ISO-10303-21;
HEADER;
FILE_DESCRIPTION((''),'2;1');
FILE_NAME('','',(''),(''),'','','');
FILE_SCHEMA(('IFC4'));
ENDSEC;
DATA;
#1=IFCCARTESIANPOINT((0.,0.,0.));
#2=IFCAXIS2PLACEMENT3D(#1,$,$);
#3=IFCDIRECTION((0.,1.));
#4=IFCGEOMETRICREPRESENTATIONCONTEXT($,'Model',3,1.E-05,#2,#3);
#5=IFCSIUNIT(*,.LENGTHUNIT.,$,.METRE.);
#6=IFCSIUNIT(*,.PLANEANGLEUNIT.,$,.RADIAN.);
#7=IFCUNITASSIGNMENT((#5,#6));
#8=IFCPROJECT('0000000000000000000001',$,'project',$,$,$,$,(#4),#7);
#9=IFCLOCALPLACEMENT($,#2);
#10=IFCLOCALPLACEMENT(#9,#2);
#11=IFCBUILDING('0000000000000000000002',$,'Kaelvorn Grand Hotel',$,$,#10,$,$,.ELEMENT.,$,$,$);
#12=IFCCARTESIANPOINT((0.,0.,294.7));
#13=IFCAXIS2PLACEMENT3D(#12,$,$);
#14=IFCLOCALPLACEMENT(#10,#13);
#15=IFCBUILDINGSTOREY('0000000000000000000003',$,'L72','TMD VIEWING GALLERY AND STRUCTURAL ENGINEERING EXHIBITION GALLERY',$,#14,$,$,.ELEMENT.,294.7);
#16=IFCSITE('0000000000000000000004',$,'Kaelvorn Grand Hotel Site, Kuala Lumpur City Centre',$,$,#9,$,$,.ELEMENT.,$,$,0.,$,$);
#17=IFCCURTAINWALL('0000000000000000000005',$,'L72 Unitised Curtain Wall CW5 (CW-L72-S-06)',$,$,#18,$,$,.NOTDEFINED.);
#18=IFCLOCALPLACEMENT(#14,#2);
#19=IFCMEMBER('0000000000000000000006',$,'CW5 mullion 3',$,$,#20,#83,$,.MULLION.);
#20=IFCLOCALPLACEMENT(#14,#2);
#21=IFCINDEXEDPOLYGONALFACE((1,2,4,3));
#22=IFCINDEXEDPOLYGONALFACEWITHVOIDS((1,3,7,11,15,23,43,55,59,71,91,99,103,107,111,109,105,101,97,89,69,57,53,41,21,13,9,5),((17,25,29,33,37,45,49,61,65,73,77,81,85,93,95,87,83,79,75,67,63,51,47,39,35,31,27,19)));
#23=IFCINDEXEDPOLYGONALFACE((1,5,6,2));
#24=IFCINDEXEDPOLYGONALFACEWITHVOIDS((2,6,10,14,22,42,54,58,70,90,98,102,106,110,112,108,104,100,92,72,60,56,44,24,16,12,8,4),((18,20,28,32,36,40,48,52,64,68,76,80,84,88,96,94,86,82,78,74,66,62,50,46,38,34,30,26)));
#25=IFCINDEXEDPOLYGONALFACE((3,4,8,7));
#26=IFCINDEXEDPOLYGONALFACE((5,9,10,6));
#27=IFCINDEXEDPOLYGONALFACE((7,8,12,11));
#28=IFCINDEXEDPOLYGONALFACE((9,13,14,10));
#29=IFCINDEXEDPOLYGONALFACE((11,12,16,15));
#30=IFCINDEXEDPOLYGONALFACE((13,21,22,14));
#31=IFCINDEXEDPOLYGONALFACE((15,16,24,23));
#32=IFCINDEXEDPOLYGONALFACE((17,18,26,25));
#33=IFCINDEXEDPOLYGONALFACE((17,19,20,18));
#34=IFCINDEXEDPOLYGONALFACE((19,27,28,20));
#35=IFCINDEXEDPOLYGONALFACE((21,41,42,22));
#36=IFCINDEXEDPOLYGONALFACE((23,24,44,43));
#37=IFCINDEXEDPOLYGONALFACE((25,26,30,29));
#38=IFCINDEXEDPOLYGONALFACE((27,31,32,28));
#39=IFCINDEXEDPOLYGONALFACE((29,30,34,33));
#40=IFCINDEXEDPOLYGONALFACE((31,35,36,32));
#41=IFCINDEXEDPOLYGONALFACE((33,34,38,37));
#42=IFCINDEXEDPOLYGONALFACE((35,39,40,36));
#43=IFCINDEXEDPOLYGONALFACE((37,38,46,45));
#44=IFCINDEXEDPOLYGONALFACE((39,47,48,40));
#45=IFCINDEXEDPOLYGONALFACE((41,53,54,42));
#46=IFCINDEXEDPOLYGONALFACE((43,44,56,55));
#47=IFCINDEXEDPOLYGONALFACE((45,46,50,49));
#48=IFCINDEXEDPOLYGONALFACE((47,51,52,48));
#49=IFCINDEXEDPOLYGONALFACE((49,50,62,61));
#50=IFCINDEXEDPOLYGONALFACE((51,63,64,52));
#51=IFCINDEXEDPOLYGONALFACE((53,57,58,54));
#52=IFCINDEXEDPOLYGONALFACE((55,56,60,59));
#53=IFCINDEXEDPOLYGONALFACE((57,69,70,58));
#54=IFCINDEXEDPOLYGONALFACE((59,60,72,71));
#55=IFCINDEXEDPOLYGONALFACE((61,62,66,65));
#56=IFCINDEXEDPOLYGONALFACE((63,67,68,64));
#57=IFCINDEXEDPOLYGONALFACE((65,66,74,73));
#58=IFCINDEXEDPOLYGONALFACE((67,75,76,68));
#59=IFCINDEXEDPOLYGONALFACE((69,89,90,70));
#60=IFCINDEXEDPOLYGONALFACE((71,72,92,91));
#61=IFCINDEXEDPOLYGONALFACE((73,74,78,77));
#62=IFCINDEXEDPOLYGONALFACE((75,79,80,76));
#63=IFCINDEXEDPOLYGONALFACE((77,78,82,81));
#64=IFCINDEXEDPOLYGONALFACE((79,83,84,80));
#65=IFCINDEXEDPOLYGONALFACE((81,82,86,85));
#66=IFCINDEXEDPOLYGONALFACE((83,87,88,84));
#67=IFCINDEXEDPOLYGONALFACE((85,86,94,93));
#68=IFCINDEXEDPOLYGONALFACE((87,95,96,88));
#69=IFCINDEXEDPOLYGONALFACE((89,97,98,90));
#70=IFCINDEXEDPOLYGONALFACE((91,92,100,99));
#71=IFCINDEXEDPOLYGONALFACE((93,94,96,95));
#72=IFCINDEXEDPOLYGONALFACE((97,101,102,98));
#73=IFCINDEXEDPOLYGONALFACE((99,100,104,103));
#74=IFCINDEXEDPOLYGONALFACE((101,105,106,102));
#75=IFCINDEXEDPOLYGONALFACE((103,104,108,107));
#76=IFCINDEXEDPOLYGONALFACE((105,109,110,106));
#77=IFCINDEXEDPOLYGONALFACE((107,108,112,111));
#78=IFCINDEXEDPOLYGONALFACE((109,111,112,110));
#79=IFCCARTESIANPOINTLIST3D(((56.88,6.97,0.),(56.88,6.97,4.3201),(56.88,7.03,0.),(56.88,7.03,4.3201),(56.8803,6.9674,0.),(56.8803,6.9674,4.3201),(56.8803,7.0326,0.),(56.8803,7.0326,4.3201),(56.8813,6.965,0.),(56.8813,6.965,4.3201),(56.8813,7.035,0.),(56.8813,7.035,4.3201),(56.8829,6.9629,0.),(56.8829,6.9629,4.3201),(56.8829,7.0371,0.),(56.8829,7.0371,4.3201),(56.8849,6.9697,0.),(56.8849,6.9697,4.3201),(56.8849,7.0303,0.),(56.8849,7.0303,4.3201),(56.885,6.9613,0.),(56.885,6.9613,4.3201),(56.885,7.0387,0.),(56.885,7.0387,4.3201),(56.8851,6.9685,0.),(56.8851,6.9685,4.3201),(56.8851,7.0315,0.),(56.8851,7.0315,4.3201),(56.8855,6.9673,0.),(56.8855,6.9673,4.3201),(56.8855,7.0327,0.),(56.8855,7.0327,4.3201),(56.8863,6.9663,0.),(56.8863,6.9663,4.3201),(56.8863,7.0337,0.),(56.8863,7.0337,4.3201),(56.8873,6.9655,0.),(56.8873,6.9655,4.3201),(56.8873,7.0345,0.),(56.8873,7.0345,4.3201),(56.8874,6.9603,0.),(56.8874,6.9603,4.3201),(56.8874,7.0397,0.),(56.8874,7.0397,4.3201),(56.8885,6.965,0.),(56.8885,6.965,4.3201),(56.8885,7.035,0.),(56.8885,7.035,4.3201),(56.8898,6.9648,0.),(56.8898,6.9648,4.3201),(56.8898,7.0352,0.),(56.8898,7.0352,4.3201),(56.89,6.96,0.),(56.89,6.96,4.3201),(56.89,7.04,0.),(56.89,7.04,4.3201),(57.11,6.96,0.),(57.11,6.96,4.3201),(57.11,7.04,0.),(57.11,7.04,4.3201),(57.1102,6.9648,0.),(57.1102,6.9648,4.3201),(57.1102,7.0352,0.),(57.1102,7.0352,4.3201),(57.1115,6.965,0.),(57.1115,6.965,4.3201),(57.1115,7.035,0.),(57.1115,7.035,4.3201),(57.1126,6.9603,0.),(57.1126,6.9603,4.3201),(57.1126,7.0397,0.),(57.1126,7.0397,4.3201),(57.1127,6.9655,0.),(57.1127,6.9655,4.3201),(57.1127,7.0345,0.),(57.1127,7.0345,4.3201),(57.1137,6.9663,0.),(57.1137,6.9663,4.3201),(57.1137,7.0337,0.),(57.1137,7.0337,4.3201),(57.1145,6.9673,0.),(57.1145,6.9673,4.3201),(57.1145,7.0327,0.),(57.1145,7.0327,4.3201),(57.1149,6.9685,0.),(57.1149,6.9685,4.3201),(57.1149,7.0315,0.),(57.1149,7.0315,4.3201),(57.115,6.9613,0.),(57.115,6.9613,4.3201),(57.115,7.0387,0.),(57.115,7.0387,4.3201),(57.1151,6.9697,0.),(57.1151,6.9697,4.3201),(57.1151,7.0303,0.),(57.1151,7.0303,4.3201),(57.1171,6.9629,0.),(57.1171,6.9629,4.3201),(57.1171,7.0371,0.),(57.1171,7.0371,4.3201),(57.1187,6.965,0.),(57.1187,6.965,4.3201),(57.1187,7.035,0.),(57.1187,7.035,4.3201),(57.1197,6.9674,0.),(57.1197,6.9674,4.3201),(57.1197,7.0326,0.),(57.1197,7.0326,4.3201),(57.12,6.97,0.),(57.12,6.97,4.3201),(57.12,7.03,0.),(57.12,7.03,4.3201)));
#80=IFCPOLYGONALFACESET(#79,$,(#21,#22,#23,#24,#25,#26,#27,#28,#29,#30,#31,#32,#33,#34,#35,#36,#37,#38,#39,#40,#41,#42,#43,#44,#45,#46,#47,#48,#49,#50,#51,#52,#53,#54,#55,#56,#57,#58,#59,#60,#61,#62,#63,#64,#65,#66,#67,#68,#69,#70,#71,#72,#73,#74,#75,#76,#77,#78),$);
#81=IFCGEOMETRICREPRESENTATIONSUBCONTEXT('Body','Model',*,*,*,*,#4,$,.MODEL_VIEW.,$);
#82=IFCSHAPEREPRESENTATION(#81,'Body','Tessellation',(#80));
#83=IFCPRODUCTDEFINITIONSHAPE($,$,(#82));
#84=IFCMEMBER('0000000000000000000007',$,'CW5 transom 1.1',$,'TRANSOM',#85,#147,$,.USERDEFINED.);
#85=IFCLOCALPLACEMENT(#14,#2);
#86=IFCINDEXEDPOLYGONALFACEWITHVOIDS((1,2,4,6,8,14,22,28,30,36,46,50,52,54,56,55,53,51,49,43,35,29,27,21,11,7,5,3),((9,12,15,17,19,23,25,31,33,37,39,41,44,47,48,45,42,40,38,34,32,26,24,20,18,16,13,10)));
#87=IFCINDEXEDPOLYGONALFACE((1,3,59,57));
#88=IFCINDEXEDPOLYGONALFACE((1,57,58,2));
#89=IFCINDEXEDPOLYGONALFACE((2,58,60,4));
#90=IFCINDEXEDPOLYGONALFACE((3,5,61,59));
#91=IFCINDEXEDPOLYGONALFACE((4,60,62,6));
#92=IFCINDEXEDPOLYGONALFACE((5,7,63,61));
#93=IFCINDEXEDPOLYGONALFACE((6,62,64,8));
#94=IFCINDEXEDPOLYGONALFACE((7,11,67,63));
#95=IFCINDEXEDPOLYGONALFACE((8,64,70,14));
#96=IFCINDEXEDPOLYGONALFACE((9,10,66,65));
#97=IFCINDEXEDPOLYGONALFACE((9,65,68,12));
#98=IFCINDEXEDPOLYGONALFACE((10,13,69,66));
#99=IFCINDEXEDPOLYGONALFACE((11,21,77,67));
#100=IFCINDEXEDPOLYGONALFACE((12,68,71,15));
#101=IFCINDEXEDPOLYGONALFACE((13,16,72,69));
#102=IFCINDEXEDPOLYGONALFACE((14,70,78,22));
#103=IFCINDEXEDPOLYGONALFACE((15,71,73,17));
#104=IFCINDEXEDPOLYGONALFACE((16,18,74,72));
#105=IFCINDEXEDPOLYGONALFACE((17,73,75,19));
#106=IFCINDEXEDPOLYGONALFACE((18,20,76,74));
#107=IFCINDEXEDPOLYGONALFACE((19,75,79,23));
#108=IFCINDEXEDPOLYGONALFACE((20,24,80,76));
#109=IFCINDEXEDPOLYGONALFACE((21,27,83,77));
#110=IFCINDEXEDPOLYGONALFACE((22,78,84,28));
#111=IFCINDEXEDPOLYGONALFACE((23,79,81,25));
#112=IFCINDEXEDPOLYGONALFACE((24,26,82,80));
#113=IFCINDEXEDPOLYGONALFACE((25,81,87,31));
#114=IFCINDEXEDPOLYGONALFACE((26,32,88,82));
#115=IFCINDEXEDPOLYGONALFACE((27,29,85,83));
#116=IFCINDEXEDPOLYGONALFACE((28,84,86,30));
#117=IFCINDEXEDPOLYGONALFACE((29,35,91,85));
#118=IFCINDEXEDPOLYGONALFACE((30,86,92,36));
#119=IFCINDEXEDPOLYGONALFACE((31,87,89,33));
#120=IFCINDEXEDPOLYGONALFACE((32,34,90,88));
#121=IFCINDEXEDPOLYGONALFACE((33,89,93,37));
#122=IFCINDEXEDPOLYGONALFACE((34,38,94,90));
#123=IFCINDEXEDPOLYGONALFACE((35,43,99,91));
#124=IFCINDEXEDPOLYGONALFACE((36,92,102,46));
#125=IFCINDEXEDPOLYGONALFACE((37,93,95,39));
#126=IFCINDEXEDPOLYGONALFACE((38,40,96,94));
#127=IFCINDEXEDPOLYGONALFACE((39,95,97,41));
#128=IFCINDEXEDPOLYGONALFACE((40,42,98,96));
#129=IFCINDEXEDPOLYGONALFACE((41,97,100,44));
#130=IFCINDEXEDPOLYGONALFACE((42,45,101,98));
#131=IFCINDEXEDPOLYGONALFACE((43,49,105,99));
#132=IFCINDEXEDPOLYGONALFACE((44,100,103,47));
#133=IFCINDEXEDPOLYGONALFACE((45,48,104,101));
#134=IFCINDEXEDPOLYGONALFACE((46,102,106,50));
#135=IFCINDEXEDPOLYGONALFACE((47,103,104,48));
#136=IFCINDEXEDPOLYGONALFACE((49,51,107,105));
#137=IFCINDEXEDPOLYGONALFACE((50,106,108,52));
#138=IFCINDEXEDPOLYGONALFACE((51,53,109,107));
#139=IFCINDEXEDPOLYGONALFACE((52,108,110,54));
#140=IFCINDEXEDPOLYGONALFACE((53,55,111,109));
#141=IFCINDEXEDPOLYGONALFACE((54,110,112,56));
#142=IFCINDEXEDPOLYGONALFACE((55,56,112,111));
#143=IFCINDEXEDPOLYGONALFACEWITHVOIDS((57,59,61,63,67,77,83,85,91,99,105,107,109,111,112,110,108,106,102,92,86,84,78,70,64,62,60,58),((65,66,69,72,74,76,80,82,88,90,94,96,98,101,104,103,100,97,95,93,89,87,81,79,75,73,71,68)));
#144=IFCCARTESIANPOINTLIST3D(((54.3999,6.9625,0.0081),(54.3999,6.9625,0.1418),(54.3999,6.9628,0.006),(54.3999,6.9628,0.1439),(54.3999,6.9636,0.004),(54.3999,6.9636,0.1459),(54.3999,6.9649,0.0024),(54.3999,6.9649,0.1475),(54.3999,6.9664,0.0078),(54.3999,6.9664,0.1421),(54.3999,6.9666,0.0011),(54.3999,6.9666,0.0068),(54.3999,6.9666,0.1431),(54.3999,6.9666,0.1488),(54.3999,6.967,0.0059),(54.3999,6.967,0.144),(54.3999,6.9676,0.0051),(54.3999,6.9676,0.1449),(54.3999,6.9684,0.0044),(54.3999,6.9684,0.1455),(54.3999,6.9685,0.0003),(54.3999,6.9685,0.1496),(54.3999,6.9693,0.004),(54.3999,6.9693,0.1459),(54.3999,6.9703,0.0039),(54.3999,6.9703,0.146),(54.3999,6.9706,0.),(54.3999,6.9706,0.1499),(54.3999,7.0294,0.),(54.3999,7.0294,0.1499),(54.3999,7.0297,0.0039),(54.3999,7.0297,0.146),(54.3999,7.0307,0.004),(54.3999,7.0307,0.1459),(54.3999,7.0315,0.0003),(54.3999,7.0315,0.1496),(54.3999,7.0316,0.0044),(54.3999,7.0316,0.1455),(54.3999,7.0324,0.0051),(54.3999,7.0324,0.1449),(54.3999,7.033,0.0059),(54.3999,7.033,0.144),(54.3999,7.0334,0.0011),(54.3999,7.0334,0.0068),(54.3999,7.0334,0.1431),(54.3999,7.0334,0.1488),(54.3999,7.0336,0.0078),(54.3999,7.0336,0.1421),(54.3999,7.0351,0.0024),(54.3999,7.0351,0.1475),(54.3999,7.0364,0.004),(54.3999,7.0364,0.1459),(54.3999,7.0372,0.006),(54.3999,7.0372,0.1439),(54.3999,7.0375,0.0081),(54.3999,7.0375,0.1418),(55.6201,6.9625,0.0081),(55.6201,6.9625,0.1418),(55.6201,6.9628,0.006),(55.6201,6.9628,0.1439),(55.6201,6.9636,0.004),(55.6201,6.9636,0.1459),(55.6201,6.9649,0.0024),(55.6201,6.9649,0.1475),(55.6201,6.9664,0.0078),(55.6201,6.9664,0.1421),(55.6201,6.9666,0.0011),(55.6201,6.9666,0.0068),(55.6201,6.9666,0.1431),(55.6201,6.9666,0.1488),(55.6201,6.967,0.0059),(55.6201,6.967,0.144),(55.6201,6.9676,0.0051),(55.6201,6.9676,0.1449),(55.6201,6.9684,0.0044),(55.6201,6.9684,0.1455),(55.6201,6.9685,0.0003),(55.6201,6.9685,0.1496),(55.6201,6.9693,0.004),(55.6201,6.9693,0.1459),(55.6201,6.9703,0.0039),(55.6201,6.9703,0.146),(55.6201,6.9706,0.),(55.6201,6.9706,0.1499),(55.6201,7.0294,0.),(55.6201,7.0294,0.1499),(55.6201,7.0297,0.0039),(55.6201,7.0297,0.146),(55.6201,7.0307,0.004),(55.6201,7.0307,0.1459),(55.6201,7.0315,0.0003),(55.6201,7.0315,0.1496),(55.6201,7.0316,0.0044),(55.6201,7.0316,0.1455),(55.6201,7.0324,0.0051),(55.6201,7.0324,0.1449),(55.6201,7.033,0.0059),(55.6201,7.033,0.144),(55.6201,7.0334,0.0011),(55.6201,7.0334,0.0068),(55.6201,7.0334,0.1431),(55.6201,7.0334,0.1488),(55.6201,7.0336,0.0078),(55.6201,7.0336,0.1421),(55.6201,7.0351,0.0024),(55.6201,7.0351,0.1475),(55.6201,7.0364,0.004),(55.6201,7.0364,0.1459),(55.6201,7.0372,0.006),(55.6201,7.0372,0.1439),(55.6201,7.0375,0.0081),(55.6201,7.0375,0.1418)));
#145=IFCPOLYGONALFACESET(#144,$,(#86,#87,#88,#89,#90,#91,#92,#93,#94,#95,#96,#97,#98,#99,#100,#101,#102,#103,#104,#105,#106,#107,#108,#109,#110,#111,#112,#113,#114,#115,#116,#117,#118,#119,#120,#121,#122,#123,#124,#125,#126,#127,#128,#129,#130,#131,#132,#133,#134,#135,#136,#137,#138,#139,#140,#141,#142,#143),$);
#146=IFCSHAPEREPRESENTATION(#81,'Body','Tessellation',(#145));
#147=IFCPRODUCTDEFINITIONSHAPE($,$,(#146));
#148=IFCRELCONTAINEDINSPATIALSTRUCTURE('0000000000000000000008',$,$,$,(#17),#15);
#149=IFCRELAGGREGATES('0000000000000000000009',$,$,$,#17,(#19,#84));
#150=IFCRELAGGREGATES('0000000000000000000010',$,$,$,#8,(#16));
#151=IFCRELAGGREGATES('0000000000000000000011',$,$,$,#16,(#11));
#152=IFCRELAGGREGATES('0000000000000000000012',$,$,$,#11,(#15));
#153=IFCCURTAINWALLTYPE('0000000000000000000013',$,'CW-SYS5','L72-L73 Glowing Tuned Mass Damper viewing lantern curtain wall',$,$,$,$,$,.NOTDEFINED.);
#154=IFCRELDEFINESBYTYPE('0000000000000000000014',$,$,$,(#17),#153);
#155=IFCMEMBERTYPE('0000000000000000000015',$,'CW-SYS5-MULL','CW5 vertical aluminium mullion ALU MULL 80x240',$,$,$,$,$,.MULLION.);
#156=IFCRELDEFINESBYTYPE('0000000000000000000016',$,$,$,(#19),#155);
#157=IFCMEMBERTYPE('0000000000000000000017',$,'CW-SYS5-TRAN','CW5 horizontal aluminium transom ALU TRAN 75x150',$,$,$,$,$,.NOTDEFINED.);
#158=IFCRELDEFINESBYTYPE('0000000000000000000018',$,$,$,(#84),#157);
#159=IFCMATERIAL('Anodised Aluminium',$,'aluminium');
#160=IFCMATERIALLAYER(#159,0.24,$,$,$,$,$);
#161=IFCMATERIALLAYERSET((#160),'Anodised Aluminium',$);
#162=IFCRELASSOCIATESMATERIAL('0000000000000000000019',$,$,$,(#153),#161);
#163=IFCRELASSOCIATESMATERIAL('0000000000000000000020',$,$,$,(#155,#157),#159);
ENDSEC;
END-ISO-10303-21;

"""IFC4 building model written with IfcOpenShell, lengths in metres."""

from ifc_helpers import new_model, si_unit, direction, frame, origin, origin_2d, place, context, subcontext, project, spatial, hollow_rectangle, extrude, material, layer, layer_set, material_profile, profile_set, type_object, element, aggregate, save


model = new_model("IFC4")

# Units and contexts
model_context = context("Model", 3, precision=1e-05, world=origin(), true_north=direction((0.0, 1.0)))
body_context = subcontext(model_context, "Body", "Model", "MODEL_VIEW")
ifc_project = project(units=[si_unit("LENGTHUNIT", "METRE"), si_unit("PLANEANGLEUNIT", "RADIAN")], contexts=[model_context])

# Site, building, storey
site_placement = place(None, origin())
site = spatial("IfcSite", under=ifc_project, at=site_placement, Name="Kaelvorn Grand Hotel Site, Kuala Lumpur City Centre", CompositionType="ELEMENT", RefElevation=0.0)
building_placement = place(site_placement, origin())
building = spatial("IfcBuilding", under=site, at=building_placement, Name="Kaelvorn Grand Hotel", CompositionType="ELEMENT")
storey_placement = place(building_placement, frame((0.0, 0.0, 294.7)))
storey = spatial("IfcBuildingStorey", under=building, at=storey_placement, Name="L72", Description="TMD VIEWING GALLERY AND STRUCTURAL ENGINEERING EXHIBITION GALLERY", CompositionType="ELEMENT", Elevation=294.7)

# Curtain wall, members
ifc_material_1 = material(Name="Anodised Aluminium", Category="aluminium")
ifc_layer_1 = layer(ifc_material_1, 0.24)
ifc_layer_set_1 = layer_set([ifc_layer_1], Name="Anodised Aluminium")
curtain_wall_type = type_object("IfcCurtainWallType", Name="CW-SYS5", Description="L72-L73 Glowing Tuned Mass Damper viewing lantern curtain wall", PredefinedType="NOTDEFINED", material=ifc_layer_set_1)
curtain_wall_placement = place(storey_placement, origin())
curtain_wall = element("IfcCurtainWall", 1, at=curtain_wall_placement, inside=storey, type_object=curtain_wall_type, Name="L72 Unitised Curtain Wall CW5 (CW-L72-S-06)", PredefinedType="NOTDEFINED")
ifc_material_profile_1 = material_profile(ifc_material_1, hollow_rectangle(XDim=0.0801, YDim=0.24, WallThickness=0.0049, InnerFilletRadius=0.0049, OuterFilletRadius=0.01, at=origin_2d()), Name="ALU MULL 80x240")
ifc_profile_set_1 = profile_set([ifc_material_profile_1], Name="Anodised Aluminium")
member_type_1 = type_object("IfcMemberType", Name="CW-SYS5-MULL", Description="CW5 vertical aluminium mullion ALU MULL 80x240", PredefinedType="MULLION", material=ifc_profile_set_1)
member_1_placement = place(storey_placement, frame((57.0, 7.0, 0.0), z_axis=(0.0, 0.0, 1.0), x_axis=(0.0, 1.0, 0.0)))
member_1 = element("IfcMember", 2, at=member_1_placement, type_object=member_type_1, Name="CW5 mullion 3", PredefinedType="MULLION", context=body_context, shape_type="SweptSolid", body=[
    extrude(hollow_rectangle(XDim=0.0801, YDim=0.24, WallThickness=0.0049, InnerFilletRadius=0.0049, OuterFilletRadius=0.01, at=origin_2d()), origin(), (0.0, 0.0, 1.0), 4.3201),
])
ifc_material_profile_2 = material_profile(ifc_material_1, hollow_rectangle(XDim=0.075, YDim=0.1499, WallThickness=0.0039, InnerFilletRadius=0.0039, OuterFilletRadius=0.0081, at=origin_2d()), Name="ALU TRAN 75x150")
ifc_profile_set_2 = profile_set([ifc_material_profile_2], Name="Anodised Aluminium")
member_type_2 = type_object("IfcMemberType", Name="CW-SYS5-TRAN", Description="CW5 horizontal aluminium transom ALU TRAN 75x150", PredefinedType="NOTDEFINED", material=ifc_profile_set_2)
member_2_placement = place(storey_placement, frame((54.3999, 7.0, 0.075), z_axis=(1.0, 0.0, 0.0), x_axis=(0.0, 1.0, 0.0)))
member_2 = element("IfcMember", 3, at=member_2_placement, type_object=member_type_2, Name="CW5 transom 1.1", ObjectType="TRANSOM", PredefinedType="USERDEFINED", context=body_context, shape_type="SweptSolid", body=[
    extrude(hollow_rectangle(XDim=0.075, YDim=0.1499, WallThickness=0.0039, InnerFilletRadius=0.0039, OuterFilletRadius=0.0081, at=origin_2d()), origin(), (0.0, 0.0, 1.0), 1.2202),
])
aggregate(curtain_wall, [member_1, member_2])

save(model, "model.ifc")
